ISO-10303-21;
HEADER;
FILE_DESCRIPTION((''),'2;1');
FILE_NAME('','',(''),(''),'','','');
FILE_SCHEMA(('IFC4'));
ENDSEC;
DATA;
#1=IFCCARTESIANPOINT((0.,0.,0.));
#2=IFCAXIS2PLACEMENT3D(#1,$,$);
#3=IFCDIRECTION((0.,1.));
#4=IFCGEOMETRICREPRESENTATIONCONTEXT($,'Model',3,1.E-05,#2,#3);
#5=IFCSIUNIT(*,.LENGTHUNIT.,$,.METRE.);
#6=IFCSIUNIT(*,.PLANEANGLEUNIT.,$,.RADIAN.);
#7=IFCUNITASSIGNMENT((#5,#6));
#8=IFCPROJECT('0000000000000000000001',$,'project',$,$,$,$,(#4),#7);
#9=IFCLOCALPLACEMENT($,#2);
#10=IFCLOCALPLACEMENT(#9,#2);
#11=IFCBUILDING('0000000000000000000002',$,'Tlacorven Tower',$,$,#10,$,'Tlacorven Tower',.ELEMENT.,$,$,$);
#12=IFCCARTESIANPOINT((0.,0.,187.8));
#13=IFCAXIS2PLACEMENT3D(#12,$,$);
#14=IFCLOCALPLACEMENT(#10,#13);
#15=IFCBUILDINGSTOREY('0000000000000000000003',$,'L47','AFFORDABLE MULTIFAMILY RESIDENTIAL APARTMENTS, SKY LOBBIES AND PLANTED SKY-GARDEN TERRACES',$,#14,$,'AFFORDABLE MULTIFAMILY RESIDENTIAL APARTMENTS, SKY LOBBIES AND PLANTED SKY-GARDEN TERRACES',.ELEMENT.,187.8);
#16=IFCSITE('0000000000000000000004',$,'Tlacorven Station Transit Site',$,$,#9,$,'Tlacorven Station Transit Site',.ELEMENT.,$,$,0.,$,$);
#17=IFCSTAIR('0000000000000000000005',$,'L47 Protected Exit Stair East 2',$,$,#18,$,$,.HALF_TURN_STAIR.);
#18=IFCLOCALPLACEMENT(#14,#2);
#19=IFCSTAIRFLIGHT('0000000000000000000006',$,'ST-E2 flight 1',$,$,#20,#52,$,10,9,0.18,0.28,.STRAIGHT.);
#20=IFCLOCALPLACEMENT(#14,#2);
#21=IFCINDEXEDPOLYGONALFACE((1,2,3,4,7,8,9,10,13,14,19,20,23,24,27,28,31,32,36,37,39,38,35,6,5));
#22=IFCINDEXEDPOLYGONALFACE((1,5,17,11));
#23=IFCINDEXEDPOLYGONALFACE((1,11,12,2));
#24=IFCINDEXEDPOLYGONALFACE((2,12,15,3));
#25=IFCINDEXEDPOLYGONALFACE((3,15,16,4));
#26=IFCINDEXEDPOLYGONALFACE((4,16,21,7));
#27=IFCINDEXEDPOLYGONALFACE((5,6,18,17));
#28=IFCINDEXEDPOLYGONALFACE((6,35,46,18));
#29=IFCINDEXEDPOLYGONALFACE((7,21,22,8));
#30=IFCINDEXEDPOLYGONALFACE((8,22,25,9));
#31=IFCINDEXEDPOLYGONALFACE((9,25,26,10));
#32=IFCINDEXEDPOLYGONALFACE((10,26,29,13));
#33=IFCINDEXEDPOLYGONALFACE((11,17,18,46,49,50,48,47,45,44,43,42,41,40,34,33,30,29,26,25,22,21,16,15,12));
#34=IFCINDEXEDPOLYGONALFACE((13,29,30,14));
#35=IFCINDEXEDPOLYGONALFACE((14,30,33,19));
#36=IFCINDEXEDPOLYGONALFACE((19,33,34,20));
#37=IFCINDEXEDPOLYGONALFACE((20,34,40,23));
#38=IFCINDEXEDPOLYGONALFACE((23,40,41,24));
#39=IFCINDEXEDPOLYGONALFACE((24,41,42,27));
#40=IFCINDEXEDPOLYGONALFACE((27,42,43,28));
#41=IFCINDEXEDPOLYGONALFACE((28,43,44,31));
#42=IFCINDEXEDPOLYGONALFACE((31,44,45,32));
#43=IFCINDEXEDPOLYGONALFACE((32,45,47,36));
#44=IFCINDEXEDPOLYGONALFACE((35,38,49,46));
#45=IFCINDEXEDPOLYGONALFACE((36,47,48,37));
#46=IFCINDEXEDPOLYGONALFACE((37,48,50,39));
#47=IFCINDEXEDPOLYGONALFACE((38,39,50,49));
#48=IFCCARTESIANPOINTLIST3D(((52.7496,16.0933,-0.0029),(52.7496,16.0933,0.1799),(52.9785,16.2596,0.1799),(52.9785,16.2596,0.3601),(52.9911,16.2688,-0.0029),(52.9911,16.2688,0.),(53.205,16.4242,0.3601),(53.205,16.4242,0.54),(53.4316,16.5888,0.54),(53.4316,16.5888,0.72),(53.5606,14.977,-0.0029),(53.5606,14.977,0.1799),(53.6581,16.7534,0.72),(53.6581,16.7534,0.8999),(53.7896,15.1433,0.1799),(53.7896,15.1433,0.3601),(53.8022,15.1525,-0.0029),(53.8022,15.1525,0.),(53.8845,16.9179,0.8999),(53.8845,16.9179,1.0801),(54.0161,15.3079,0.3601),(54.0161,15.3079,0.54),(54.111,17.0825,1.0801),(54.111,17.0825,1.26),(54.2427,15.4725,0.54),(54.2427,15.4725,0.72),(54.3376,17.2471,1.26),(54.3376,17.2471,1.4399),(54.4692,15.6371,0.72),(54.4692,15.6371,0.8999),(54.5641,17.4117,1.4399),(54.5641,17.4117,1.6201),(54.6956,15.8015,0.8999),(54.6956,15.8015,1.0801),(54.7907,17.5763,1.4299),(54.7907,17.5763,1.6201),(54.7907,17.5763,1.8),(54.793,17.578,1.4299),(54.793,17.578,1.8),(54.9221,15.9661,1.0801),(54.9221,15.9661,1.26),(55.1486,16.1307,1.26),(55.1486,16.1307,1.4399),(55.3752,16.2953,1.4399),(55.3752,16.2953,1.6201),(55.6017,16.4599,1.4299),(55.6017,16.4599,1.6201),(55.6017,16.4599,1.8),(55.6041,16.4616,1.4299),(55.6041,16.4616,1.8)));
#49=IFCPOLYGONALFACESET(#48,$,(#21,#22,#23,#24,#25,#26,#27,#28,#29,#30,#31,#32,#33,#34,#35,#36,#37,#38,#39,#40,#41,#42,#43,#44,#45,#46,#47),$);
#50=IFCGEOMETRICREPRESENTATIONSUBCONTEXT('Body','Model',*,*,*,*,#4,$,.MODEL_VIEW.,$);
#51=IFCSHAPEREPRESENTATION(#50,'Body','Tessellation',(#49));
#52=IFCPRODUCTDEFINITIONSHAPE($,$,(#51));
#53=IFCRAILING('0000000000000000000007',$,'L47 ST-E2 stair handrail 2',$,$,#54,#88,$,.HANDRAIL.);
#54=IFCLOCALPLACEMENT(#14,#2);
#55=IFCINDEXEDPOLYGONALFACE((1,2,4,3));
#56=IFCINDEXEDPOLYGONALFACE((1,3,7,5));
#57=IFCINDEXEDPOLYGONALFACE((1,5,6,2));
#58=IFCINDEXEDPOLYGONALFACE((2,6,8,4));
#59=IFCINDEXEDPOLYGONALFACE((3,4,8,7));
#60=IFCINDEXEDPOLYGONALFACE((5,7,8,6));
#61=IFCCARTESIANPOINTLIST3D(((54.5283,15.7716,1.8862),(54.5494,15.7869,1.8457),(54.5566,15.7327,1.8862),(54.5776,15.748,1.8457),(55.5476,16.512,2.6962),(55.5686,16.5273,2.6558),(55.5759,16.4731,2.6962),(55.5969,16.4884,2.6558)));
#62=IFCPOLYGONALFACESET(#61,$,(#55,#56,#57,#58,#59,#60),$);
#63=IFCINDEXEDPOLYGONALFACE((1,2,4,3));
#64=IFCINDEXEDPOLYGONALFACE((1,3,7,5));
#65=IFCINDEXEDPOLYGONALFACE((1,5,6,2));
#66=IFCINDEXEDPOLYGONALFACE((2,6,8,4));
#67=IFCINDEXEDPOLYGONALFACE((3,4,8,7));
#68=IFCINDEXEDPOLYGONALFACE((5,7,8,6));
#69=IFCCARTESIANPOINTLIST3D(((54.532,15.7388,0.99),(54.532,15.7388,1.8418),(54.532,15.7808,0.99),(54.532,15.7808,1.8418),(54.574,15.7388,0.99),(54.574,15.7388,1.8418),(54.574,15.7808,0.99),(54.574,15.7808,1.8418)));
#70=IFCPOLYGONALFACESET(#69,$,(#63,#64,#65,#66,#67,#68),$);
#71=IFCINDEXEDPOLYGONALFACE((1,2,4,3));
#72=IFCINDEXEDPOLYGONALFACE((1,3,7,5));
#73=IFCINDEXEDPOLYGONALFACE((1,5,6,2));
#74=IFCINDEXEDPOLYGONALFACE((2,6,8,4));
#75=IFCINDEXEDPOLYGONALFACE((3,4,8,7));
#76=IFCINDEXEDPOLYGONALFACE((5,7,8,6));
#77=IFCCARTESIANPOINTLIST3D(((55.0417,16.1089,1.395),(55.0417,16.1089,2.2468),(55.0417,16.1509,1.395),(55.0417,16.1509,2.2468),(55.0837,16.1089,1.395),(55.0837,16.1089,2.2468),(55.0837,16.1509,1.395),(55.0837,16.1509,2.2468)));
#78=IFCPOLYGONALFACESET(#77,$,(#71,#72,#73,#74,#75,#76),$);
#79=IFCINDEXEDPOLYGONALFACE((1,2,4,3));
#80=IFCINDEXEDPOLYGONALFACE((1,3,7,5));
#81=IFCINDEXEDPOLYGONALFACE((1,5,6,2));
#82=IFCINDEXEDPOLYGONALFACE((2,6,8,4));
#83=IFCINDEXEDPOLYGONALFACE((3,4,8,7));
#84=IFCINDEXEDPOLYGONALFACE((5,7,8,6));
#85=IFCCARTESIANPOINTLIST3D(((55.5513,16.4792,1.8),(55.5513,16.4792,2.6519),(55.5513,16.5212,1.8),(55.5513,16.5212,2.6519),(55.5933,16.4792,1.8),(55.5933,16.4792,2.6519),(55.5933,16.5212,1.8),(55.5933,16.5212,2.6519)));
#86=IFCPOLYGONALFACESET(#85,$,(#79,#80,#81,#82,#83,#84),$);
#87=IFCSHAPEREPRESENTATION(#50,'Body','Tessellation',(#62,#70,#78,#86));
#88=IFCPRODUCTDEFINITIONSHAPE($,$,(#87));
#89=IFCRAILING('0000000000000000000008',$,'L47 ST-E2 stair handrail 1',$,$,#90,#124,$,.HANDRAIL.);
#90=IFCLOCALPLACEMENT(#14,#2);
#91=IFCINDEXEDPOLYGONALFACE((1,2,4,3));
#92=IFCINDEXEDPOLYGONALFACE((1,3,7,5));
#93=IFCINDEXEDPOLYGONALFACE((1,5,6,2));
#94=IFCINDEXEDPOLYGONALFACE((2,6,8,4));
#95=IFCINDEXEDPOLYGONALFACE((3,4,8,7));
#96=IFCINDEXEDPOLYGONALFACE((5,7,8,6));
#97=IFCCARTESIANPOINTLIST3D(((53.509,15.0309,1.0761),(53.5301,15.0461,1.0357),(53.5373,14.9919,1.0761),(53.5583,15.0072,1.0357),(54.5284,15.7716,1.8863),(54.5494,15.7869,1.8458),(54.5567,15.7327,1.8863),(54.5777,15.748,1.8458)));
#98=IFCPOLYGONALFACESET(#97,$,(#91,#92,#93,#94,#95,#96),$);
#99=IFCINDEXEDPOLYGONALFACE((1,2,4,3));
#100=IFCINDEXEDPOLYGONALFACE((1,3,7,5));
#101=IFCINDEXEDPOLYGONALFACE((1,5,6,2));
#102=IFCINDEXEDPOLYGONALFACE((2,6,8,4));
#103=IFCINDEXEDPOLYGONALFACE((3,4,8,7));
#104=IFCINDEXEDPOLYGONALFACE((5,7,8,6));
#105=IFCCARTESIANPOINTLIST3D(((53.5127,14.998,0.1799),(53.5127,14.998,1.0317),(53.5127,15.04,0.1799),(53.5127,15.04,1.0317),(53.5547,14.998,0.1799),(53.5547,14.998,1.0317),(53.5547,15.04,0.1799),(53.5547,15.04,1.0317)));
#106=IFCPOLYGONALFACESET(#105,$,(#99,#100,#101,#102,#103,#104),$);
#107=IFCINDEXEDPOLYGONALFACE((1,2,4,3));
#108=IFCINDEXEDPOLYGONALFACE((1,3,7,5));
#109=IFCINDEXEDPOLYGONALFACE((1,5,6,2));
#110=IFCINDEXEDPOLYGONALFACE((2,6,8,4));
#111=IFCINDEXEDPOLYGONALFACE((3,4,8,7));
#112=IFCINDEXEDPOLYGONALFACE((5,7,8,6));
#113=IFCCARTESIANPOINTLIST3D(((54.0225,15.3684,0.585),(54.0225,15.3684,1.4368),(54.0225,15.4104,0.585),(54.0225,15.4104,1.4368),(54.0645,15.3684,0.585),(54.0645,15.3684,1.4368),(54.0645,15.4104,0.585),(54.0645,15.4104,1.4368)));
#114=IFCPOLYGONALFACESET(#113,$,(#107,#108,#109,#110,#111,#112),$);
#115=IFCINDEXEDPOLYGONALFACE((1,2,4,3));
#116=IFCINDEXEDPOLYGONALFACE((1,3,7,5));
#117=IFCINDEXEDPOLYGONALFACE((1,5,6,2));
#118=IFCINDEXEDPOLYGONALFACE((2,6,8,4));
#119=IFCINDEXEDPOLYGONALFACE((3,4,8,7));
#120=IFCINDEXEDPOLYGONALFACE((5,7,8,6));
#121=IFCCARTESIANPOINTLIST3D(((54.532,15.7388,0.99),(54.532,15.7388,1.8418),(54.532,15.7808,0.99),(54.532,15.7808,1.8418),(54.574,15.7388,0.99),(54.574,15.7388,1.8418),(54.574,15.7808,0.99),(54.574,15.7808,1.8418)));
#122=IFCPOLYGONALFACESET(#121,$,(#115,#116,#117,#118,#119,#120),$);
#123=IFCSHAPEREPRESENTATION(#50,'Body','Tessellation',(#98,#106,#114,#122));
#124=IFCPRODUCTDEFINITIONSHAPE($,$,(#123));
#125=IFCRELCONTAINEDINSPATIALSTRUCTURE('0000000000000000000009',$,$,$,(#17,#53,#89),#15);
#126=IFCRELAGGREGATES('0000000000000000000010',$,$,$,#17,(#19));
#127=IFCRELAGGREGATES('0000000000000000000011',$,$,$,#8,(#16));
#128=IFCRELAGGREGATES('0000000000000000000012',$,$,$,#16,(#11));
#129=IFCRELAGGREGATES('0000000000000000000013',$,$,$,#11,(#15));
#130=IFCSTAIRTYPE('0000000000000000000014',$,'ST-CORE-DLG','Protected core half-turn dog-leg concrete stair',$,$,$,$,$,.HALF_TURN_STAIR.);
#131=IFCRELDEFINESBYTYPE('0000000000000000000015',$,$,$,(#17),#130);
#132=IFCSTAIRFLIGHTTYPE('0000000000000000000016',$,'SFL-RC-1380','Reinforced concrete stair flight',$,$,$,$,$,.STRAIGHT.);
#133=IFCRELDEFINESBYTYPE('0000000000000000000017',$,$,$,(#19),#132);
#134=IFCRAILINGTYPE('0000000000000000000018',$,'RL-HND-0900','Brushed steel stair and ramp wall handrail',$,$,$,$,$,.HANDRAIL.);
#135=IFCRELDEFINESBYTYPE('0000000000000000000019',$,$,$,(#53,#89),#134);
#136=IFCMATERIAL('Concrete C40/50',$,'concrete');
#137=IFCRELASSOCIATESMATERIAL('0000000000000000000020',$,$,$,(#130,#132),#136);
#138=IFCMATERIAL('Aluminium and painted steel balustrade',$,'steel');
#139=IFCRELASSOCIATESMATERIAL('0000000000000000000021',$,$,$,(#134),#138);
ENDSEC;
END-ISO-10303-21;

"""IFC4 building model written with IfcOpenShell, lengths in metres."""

from ifc_helpers import new_model, si_unit, direction, frame, origin, origin_2d, place, context, subcontext, project, spatial, polyline, rectangle, outline, extrude, source, transform, mapped, material, type_object, element, aggregate, save


model = new_model("IFC4")

# Units and contexts
model_context = context("Model", 3, precision=1e-05, world=origin(), true_north=direction((0.0, 1.0)))
body_context = subcontext(model_context, "Body", "Model", "MODEL_VIEW")
ifc_project = project(units=[si_unit("LENGTHUNIT", "METRE"), si_unit("PLANEANGLEUNIT", "RADIAN")], contexts=[model_context])

# Site, building, storey
site_placement = place(None, origin())
site = spatial("IfcSite", under=ifc_project, at=site_placement, Name="Tlacorven Station Transit Site", LongName="Tlacorven Station Transit Site", CompositionType="ELEMENT", RefElevation=0.0)
building_placement = place(site_placement, origin())
building = spatial("IfcBuilding", under=site, at=building_placement, Name="Tlacorven Tower", LongName="Tlacorven Tower", CompositionType="ELEMENT")
storey_placement = place(building_placement, frame((0.0, 0.0, 187.8)))
storey = spatial("IfcBuildingStorey", under=building, at=storey_placement, Name="L47", Description="AFFORDABLE MULTIFAMILY RESIDENTIAL APARTMENTS, SKY LOBBIES AND PLANTED SKY-GARDEN TERRACES", LongName="AFFORDABLE MULTIFAMILY RESIDENTIAL APARTMENTS, SKY LOBBIES AND PLANTED SKY-GARDEN TERRACES", CompositionType="ELEMENT", Elevation=187.8)

# Stair, stair flight
ifc_material_1 = material(Name="Concrete C40/50", Category="concrete")
stair_type = type_object("IfcStairType", Name="ST-CORE-DLG", Description="Protected core half-turn dog-leg concrete stair", PredefinedType="HALF_TURN_STAIR", material=ifc_material_1)
stair_placement = place(storey_placement, origin())
stair = element("IfcStair", 1, at=stair_placement, inside=storey, type_object=stair_type, Name="L47 Protected Exit Stair East 2", PredefinedType="HALF_TURN_STAIR")
stair_flight_type = type_object("IfcStairFlightType", Name="SFL-RC-1380", Description="Reinforced concrete stair flight", PredefinedType="STRAIGHT", material=ifc_material_1)
shared_shape_1 = source(origin(), body_context, "Body", "SweptSolid", [
    extrude(outline(polyline([(-0.0029, -0.0029), (-0.0029, 0.1799), (0.28, 0.1799), (0.28, 0.3601), (0.5601, 0.3601), (0.5601, 0.54), (0.8401, 0.54), (0.8401, 0.72), (1.1201, 0.72), (1.1201, 0.8999), (1.3999, 0.8999), (1.3999, 1.0801), (1.6799, 1.0801), (1.6799, 1.26), (1.96, 1.26), (1.96, 1.4399), (2.24, 1.4399), (2.24, 1.6201), (2.52, 1.6201), (2.52, 1.8), (2.5229, 1.8), (2.5229, 1.4299), (2.52, 1.4299), (0.2957, 0.0), (0.2957, -0.0029), (-0.0029, -0.0029)])), frame((0.0, 0.6899, 0.0), z_axis=(0.0, -1.0, 0.0), x_axis=(1.0, 0.0, 0.0)), (0.0, 0.0, 1.0), 1.3799),
])
stair_flight_placement = place(storey_placement, frame((53.1575, 15.5369, 0.0), z_axis=(0.0, 0.0, 1.0), x_axis=(0.809017, 0.587785, 0.0)))
stair_flight = element("IfcStairFlight", 2, at=stair_flight_placement, type_object=stair_flight_type, Name="ST-E2 flight 1", NumberOfRisers=10, NumberOfTreads=9, PredefinedType="STRAIGHT", RiserHeight=0.18, TreadLength=0.28, context=body_context, shape_type="MappedRepresentation", body=[
    mapped(shared_shape_1, transform((0.0, 0.0, 0.0), scale=1.0)),
])
aggregate(stair, [stair_flight])

# Railings
ifc_material_2 = material(Name="Aluminium and painted steel balustrade", Category="steel")
railing_type = type_object("IfcRailingType", Name="RL-HND-0900", Description="Brushed steel stair and ramp wall handrail", PredefinedType="HANDRAIL", material=ifc_material_2)
shared_shape_2 = source(origin(), body_context, "Body", "SweptSolid", [
    extrude(rectangle(XDim=0.0481, YDim=0.0481, at=origin_2d()), frame((0.0, 0.0, 0.876), z_axis=(0.680516, 0.494373, 0.540827), x_axis=(-0.587745, 0.809046, 0.0)), (0.0, 0.0, 1.0), 1.4978),
    extrude(rectangle(XDim=0.042, YDim=0.042, at=origin_2d()), origin(), (0.0, 0.0, 1.0), 0.8518),
    extrude(rectangle(XDim=0.042, YDim=0.042, at=origin_2d()), frame((0.5098, 0.3701, 0.405)), (0.0, 0.0, 1.0), 0.8518),
    extrude(rectangle(XDim=0.042, YDim=0.042, at=origin_2d()), frame((1.0193, 0.7405, 0.8101)), (0.0, 0.0, 1.0), 0.8518),
])
railing_1_placement = place(storey_placement, frame((54.553, 15.7598, 0.99)))
element("IfcRailing", 3, at=railing_1_placement, inside=storey, type_object=railing_type, Name="L47 ST-E2 stair handrail 2", PredefinedType="HANDRAIL", context=body_context, shape_type="MappedRepresentation", body=[
    mapped(shared_shape_2, transform((0.0, 0.0, 0.0), scale=1.0)),
])
shared_shape_3 = source(origin(), body_context, "Body", "SweptSolid", [
    extrude(rectangle(XDim=0.0481, YDim=0.0481, at=origin_2d()), frame((0.0, 0.0, 0.876), z_axis=(0.680461, 0.494496, 0.540783), x_axis=(-0.587872, 0.808954, 0.0)), (0.0, 0.0, 1.0), 1.498),
    extrude(rectangle(XDim=0.042, YDim=0.042, at=origin_2d()), origin(), (0.0, 0.0, 1.0), 0.8518),
    extrude(rectangle(XDim=0.042, YDim=0.042, at=origin_2d()), frame((0.5098, 0.3704, 0.405)), (0.0, 0.0, 1.0), 0.8518),
    extrude(rectangle(XDim=0.042, YDim=0.042, at=origin_2d()), frame((1.0193, 0.7407, 0.8101)), (0.0, 0.0, 1.0), 0.8518),
])
railing_2_placement = place(storey_placement, frame((53.5337, 15.019, 0.1799)))
element("IfcRailing", 4, at=railing_2_placement, inside=storey, type_object=railing_type, Name="L47 ST-E2 stair handrail 1", PredefinedType="HANDRAIL", context=body_context, shape_type="MappedRepresentation", body=[
    mapped(shared_shape_3, transform((0.0, 0.0, 0.0), scale=1.0)),
])

save(model, "model.ifc")
